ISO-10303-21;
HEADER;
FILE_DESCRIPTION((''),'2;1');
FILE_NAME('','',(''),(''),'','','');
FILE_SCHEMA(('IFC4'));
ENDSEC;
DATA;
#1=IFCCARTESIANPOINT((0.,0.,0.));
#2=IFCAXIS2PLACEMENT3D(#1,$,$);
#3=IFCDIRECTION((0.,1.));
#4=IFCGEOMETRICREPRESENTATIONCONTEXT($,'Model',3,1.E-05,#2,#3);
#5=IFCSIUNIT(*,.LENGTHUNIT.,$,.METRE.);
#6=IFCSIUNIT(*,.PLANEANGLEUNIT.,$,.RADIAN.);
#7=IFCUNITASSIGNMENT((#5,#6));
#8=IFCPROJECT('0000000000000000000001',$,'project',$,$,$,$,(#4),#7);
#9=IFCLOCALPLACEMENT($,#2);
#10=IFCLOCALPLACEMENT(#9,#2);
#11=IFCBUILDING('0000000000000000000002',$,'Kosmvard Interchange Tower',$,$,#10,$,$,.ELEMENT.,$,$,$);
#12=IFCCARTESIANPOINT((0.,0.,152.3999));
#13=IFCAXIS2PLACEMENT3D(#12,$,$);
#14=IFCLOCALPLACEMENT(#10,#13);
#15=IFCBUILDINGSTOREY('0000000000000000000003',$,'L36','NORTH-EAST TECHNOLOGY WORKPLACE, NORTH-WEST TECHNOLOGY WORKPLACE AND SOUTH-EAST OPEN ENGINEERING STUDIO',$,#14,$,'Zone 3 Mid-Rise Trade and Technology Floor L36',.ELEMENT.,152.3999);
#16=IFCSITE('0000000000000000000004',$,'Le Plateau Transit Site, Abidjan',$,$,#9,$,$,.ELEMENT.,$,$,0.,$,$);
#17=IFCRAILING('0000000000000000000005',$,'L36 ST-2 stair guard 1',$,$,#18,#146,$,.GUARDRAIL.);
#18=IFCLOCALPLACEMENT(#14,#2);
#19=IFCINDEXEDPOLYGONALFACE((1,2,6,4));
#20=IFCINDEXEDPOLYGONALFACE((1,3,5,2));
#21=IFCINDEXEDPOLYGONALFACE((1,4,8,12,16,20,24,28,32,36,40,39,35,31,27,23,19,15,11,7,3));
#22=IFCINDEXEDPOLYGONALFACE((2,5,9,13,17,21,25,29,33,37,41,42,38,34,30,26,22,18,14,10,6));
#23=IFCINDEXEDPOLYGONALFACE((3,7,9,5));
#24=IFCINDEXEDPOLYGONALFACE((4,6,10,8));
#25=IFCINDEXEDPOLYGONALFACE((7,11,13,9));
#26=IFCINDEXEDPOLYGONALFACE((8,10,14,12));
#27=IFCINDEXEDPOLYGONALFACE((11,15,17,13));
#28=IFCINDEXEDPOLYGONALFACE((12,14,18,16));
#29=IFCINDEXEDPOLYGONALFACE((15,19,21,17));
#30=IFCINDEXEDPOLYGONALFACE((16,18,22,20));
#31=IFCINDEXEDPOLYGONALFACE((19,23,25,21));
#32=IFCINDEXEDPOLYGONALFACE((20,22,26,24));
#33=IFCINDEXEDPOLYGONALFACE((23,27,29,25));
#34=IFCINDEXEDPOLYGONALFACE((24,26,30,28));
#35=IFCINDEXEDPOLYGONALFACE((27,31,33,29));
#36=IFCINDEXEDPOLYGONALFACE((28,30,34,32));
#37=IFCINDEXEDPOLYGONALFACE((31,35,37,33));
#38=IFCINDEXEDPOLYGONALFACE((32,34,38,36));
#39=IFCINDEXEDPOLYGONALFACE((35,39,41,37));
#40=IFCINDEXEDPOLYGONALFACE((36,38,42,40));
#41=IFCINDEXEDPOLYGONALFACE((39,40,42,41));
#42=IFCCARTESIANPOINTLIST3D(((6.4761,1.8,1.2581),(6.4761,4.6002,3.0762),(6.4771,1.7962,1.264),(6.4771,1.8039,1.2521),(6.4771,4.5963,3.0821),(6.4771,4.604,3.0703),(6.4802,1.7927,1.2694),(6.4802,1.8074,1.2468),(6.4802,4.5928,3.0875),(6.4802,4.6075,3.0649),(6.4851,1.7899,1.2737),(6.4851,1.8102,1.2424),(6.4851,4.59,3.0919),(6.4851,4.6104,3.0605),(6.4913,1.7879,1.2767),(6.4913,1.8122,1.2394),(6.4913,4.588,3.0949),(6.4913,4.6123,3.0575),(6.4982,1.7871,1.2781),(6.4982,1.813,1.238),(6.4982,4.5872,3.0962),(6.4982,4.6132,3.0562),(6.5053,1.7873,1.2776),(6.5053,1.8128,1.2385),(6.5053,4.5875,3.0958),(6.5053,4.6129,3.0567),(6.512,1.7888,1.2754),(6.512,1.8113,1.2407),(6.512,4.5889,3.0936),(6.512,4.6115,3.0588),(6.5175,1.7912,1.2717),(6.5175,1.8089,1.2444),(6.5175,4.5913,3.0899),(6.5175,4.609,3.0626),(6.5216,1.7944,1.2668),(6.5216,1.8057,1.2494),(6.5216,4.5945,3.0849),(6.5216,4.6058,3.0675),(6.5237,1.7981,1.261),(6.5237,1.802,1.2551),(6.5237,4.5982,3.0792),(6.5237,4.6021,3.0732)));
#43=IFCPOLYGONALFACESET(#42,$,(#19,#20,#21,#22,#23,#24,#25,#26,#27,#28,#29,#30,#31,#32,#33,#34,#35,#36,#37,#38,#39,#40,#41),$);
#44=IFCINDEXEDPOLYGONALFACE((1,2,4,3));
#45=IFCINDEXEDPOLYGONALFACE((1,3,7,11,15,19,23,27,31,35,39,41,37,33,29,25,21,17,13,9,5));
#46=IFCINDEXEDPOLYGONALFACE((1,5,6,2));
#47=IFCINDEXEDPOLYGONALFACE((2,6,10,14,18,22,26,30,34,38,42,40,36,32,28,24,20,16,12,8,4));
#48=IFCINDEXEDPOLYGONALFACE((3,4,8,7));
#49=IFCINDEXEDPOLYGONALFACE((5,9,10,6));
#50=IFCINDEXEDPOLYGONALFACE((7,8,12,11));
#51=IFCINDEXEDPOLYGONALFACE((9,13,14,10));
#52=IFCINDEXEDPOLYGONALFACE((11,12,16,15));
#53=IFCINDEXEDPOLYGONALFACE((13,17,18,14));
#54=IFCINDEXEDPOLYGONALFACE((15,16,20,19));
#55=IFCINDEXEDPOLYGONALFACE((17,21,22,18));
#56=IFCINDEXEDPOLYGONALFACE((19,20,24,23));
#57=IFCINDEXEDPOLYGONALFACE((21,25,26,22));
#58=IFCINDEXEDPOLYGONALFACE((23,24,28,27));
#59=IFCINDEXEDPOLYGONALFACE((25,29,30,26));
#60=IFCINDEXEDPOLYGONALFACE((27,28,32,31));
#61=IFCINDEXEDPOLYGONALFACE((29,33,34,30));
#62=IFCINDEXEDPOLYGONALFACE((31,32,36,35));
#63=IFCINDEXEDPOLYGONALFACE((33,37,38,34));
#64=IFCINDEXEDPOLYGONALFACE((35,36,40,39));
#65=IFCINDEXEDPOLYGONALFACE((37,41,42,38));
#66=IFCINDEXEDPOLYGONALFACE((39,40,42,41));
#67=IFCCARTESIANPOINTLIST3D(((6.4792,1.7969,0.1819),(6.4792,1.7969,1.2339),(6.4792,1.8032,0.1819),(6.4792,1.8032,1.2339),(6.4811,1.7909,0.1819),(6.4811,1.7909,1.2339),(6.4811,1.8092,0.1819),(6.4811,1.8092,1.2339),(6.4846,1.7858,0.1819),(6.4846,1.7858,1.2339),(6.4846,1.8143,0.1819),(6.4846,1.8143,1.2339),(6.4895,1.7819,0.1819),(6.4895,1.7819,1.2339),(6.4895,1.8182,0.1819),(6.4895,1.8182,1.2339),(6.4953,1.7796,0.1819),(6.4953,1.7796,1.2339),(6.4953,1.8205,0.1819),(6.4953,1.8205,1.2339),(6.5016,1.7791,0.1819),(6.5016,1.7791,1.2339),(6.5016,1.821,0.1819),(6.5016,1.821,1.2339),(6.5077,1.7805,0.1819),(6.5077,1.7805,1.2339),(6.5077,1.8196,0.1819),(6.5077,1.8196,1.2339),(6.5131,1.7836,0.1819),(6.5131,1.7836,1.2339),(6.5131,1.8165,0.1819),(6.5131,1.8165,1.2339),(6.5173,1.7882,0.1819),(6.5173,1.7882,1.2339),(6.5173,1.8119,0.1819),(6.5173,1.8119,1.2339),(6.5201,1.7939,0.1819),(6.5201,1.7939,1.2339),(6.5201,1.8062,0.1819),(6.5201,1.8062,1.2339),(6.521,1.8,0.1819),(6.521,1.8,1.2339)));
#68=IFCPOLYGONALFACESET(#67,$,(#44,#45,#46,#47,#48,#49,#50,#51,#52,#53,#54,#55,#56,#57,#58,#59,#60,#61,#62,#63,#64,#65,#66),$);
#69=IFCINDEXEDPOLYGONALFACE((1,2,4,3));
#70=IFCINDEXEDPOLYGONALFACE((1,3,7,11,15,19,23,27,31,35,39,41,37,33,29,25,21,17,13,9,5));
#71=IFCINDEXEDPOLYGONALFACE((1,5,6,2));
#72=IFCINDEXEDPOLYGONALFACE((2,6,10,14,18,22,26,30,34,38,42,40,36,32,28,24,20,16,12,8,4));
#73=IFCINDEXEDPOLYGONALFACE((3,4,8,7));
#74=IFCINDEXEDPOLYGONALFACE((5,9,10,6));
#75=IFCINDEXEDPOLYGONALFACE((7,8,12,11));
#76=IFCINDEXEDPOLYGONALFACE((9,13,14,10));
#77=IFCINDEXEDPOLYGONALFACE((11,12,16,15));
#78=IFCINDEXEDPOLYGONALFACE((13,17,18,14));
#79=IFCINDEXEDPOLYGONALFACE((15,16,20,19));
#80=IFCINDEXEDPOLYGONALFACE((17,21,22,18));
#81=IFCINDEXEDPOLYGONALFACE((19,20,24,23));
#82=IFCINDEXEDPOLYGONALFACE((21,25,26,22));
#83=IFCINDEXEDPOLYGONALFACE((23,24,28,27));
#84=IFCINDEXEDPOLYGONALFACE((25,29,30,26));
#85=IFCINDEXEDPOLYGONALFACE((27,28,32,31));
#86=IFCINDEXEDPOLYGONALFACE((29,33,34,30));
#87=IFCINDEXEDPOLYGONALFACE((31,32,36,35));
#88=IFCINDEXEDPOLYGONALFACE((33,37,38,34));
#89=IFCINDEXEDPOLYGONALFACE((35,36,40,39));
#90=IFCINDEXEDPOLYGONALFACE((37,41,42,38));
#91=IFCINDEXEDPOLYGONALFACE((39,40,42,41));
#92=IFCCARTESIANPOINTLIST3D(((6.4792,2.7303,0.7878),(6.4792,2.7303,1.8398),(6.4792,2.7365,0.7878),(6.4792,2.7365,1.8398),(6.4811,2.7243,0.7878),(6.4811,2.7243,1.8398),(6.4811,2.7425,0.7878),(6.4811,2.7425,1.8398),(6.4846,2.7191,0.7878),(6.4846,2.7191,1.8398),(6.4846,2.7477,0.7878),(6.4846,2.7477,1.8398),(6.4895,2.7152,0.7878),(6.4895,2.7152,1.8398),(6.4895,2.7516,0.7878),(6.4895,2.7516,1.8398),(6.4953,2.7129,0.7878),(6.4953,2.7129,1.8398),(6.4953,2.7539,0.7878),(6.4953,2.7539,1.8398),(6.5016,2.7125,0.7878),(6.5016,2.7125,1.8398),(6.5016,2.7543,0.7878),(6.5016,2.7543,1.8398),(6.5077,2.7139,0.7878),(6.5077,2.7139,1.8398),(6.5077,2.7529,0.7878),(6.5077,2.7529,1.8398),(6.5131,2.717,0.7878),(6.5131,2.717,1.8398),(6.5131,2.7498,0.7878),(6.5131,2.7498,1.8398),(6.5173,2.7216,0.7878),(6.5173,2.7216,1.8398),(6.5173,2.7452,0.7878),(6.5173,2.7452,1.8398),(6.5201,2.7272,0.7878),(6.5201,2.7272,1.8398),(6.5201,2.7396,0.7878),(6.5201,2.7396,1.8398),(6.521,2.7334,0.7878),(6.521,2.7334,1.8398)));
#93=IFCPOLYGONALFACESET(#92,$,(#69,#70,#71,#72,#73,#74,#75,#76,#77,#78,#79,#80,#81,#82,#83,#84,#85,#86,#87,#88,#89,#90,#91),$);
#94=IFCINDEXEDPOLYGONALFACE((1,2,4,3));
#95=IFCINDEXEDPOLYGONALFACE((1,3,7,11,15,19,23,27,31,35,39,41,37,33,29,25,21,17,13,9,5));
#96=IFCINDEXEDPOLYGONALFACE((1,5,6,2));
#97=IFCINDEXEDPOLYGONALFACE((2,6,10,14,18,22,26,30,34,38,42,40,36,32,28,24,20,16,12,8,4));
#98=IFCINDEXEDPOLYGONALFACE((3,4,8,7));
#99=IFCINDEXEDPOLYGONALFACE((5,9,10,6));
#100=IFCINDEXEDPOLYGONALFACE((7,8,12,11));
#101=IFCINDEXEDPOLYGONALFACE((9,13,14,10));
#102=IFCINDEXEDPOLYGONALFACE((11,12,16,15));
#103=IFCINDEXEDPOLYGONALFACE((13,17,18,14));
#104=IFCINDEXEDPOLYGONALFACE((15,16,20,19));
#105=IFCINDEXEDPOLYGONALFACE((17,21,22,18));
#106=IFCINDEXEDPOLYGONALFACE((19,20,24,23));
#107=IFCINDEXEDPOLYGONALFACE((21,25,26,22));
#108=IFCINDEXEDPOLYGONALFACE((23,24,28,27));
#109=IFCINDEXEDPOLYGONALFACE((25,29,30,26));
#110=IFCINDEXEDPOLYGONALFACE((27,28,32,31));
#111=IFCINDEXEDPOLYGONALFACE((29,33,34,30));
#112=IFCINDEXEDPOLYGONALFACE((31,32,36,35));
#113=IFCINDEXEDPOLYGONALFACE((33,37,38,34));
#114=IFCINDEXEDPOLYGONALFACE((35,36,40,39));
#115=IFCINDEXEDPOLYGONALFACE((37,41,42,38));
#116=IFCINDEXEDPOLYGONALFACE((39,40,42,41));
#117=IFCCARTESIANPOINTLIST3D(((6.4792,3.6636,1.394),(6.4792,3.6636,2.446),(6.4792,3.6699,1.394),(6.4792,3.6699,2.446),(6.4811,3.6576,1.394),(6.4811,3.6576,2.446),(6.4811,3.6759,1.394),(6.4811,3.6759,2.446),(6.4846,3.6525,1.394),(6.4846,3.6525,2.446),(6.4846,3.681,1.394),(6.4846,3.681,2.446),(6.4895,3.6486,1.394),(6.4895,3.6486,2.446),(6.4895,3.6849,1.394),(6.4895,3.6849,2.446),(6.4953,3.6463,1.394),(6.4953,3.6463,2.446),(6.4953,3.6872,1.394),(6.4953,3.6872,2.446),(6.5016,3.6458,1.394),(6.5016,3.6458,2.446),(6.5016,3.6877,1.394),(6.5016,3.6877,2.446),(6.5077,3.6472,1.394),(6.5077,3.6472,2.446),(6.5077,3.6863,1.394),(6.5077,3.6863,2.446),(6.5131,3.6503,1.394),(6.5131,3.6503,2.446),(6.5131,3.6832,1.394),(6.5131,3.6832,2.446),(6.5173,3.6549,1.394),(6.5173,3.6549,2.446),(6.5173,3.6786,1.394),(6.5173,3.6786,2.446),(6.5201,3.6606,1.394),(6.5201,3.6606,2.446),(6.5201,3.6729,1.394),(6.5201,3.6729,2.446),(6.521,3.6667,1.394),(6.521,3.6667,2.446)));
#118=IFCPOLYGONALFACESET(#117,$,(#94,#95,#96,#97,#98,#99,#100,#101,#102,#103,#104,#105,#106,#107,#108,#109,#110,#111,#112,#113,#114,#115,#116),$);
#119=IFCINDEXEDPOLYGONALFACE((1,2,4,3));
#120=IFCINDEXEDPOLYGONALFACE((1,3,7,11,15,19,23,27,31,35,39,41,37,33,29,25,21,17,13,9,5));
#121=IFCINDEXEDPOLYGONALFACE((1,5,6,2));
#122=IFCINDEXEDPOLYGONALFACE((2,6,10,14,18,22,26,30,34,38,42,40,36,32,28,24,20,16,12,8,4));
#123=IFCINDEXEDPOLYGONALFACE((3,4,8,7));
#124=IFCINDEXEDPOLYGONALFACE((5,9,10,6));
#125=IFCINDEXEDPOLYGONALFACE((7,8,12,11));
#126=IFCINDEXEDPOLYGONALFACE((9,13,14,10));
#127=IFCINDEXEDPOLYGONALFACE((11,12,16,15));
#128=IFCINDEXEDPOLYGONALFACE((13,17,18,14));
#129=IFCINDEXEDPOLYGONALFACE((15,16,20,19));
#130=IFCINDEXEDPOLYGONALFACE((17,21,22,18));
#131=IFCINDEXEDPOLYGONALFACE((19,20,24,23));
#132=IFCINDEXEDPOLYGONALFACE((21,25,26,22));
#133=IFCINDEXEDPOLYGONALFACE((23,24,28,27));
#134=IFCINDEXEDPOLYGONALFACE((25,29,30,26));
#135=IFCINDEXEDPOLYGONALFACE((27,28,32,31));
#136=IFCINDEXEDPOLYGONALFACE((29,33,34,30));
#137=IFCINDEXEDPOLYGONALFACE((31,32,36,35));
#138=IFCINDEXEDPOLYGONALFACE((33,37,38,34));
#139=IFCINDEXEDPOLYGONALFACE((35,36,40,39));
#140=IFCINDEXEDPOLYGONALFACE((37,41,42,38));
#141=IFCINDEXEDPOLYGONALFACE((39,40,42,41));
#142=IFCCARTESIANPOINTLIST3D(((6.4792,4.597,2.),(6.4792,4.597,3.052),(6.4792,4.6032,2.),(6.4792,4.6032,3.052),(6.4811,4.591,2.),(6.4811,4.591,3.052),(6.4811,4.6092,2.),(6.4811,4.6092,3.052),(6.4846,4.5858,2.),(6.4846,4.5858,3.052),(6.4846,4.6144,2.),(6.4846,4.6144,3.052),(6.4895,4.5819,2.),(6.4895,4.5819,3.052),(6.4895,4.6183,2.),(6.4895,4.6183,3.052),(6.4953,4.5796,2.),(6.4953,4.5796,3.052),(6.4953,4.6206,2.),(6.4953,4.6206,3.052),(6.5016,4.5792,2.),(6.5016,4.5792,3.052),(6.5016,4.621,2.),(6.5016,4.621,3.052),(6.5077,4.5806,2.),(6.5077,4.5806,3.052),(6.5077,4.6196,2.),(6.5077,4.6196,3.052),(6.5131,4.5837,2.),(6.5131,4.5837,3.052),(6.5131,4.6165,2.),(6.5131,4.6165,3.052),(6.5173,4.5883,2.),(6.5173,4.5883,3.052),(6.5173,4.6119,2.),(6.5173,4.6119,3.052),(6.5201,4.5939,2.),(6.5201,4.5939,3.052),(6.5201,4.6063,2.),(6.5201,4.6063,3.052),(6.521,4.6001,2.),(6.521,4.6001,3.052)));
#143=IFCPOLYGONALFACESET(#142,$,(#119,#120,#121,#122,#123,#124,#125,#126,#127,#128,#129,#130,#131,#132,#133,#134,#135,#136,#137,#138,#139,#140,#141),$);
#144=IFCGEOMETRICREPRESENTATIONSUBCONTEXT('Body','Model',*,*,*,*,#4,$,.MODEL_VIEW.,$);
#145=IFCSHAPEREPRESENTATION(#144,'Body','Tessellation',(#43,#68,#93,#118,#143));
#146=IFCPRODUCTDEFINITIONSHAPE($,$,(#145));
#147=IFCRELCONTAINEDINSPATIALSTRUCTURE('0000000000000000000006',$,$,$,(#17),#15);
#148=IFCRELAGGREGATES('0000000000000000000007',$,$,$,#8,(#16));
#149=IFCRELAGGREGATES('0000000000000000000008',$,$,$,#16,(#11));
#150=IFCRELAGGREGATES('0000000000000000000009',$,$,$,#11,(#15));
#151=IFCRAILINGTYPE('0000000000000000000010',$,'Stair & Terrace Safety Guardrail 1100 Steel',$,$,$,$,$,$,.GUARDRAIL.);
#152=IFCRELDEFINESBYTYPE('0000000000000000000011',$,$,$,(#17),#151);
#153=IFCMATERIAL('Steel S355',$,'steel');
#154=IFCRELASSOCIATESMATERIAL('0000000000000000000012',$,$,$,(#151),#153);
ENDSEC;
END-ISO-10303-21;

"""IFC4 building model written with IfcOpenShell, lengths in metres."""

from ifc_helpers import new_model, si_unit, direction, frame, origin, origin_2d, place, context, subcontext, project, spatial, circle, extrude, source, transform, mapped, material, type_object, element, save


model = new_model("IFC4")

# Units and contexts
model_context = context("Model", 3, precision=1e-05, world=origin(), true_north=direction((0.0, 1.0)))
body_context = subcontext(model_context, "Body", "Model", "MODEL_VIEW")
ifc_project = project(units=[si_unit("LENGTHUNIT", "METRE"), si_unit("PLANEANGLEUNIT", "RADIAN")], contexts=[model_context])

# Site, building, storey
site_placement = place(None, origin())
site = spatial("IfcSite", under=ifc_project, at=site_placement, Name="Le Plateau Transit Site, Abidjan", CompositionType="ELEMENT", RefElevation=0.0)
building_placement = place(site_placement, origin())
building = spatial("IfcBuilding", under=site, at=building_placement, Name="Kosmvard Interchange Tower", CompositionType="ELEMENT")
storey_placement = place(building_placement, frame((0.0, 0.0, 152.3999)))
storey = spatial("IfcBuildingStorey", under=building, at=storey_placement, Name="L36", Description="NORTH-EAST TECHNOLOGY WORKPLACE, NORTH-WEST TECHNOLOGY WORKPLACE AND SOUTH-EAST OPEN ENGINEERING STUDIO", LongName="Zone 3 Mid-Rise Trade and Technology Floor L36", CompositionType="ELEMENT", Elevation=152.3999)

# Shared definitions
ifc_material_1 = material(Name="Steel S355", Category="steel")

# Railing
railing_type_1 = type_object("IfcRailingType", Name="Stair & Terrace Safety Guardrail 1100 Steel", PredefinedType="GUARDRAIL", material=ifc_material_1)
shared_shape_1 = source(origin(), body_context, "Body", "SweptSolid", [
    extrude(circle(Radius=0.0239, at=origin_2d()), frame((0.0, 0.0, 1.0762), z_axis=(0.0, 0.838706, 0.544585), x_axis=(-1.0, 0.0, 0.0)), (0.0, 0.0, 1.0), 3.3386),
    extrude(circle(Radius=0.021, at=origin_2d()), origin(), (0.0, 0.0, 1.0), 1.052),
    extrude(circle(Radius=0.021, at=origin_2d()), frame((0.0, 0.9333, 0.606)), (0.0, 0.0, 1.0), 1.052),
    extrude(circle(Radius=0.021, at=origin_2d()), frame((0.0, 1.8667, 1.2122)), (0.0, 0.0, 1.0), 1.052),
    extrude(circle(Radius=0.021, at=origin_2d()), frame((0.0, 2.8, 1.8181)), (0.0, 0.0, 1.0), 1.052),
])
railing_1_placement = place(storey_placement, frame((6.5, 1.8, 0.1819)))
element("IfcRailing", 1, at=railing_1_placement, inside=storey, type_object=railing_type_1, Name="L36 ST-2 stair guard 1", PredefinedType="GUARDRAIL", context=body_context, shape_type="MappedRepresentation", body=[
    mapped(shared_shape_1, transform((0.0, 0.0, 0.0), scale=1.0)),
])

save(model, "model.ifc")
